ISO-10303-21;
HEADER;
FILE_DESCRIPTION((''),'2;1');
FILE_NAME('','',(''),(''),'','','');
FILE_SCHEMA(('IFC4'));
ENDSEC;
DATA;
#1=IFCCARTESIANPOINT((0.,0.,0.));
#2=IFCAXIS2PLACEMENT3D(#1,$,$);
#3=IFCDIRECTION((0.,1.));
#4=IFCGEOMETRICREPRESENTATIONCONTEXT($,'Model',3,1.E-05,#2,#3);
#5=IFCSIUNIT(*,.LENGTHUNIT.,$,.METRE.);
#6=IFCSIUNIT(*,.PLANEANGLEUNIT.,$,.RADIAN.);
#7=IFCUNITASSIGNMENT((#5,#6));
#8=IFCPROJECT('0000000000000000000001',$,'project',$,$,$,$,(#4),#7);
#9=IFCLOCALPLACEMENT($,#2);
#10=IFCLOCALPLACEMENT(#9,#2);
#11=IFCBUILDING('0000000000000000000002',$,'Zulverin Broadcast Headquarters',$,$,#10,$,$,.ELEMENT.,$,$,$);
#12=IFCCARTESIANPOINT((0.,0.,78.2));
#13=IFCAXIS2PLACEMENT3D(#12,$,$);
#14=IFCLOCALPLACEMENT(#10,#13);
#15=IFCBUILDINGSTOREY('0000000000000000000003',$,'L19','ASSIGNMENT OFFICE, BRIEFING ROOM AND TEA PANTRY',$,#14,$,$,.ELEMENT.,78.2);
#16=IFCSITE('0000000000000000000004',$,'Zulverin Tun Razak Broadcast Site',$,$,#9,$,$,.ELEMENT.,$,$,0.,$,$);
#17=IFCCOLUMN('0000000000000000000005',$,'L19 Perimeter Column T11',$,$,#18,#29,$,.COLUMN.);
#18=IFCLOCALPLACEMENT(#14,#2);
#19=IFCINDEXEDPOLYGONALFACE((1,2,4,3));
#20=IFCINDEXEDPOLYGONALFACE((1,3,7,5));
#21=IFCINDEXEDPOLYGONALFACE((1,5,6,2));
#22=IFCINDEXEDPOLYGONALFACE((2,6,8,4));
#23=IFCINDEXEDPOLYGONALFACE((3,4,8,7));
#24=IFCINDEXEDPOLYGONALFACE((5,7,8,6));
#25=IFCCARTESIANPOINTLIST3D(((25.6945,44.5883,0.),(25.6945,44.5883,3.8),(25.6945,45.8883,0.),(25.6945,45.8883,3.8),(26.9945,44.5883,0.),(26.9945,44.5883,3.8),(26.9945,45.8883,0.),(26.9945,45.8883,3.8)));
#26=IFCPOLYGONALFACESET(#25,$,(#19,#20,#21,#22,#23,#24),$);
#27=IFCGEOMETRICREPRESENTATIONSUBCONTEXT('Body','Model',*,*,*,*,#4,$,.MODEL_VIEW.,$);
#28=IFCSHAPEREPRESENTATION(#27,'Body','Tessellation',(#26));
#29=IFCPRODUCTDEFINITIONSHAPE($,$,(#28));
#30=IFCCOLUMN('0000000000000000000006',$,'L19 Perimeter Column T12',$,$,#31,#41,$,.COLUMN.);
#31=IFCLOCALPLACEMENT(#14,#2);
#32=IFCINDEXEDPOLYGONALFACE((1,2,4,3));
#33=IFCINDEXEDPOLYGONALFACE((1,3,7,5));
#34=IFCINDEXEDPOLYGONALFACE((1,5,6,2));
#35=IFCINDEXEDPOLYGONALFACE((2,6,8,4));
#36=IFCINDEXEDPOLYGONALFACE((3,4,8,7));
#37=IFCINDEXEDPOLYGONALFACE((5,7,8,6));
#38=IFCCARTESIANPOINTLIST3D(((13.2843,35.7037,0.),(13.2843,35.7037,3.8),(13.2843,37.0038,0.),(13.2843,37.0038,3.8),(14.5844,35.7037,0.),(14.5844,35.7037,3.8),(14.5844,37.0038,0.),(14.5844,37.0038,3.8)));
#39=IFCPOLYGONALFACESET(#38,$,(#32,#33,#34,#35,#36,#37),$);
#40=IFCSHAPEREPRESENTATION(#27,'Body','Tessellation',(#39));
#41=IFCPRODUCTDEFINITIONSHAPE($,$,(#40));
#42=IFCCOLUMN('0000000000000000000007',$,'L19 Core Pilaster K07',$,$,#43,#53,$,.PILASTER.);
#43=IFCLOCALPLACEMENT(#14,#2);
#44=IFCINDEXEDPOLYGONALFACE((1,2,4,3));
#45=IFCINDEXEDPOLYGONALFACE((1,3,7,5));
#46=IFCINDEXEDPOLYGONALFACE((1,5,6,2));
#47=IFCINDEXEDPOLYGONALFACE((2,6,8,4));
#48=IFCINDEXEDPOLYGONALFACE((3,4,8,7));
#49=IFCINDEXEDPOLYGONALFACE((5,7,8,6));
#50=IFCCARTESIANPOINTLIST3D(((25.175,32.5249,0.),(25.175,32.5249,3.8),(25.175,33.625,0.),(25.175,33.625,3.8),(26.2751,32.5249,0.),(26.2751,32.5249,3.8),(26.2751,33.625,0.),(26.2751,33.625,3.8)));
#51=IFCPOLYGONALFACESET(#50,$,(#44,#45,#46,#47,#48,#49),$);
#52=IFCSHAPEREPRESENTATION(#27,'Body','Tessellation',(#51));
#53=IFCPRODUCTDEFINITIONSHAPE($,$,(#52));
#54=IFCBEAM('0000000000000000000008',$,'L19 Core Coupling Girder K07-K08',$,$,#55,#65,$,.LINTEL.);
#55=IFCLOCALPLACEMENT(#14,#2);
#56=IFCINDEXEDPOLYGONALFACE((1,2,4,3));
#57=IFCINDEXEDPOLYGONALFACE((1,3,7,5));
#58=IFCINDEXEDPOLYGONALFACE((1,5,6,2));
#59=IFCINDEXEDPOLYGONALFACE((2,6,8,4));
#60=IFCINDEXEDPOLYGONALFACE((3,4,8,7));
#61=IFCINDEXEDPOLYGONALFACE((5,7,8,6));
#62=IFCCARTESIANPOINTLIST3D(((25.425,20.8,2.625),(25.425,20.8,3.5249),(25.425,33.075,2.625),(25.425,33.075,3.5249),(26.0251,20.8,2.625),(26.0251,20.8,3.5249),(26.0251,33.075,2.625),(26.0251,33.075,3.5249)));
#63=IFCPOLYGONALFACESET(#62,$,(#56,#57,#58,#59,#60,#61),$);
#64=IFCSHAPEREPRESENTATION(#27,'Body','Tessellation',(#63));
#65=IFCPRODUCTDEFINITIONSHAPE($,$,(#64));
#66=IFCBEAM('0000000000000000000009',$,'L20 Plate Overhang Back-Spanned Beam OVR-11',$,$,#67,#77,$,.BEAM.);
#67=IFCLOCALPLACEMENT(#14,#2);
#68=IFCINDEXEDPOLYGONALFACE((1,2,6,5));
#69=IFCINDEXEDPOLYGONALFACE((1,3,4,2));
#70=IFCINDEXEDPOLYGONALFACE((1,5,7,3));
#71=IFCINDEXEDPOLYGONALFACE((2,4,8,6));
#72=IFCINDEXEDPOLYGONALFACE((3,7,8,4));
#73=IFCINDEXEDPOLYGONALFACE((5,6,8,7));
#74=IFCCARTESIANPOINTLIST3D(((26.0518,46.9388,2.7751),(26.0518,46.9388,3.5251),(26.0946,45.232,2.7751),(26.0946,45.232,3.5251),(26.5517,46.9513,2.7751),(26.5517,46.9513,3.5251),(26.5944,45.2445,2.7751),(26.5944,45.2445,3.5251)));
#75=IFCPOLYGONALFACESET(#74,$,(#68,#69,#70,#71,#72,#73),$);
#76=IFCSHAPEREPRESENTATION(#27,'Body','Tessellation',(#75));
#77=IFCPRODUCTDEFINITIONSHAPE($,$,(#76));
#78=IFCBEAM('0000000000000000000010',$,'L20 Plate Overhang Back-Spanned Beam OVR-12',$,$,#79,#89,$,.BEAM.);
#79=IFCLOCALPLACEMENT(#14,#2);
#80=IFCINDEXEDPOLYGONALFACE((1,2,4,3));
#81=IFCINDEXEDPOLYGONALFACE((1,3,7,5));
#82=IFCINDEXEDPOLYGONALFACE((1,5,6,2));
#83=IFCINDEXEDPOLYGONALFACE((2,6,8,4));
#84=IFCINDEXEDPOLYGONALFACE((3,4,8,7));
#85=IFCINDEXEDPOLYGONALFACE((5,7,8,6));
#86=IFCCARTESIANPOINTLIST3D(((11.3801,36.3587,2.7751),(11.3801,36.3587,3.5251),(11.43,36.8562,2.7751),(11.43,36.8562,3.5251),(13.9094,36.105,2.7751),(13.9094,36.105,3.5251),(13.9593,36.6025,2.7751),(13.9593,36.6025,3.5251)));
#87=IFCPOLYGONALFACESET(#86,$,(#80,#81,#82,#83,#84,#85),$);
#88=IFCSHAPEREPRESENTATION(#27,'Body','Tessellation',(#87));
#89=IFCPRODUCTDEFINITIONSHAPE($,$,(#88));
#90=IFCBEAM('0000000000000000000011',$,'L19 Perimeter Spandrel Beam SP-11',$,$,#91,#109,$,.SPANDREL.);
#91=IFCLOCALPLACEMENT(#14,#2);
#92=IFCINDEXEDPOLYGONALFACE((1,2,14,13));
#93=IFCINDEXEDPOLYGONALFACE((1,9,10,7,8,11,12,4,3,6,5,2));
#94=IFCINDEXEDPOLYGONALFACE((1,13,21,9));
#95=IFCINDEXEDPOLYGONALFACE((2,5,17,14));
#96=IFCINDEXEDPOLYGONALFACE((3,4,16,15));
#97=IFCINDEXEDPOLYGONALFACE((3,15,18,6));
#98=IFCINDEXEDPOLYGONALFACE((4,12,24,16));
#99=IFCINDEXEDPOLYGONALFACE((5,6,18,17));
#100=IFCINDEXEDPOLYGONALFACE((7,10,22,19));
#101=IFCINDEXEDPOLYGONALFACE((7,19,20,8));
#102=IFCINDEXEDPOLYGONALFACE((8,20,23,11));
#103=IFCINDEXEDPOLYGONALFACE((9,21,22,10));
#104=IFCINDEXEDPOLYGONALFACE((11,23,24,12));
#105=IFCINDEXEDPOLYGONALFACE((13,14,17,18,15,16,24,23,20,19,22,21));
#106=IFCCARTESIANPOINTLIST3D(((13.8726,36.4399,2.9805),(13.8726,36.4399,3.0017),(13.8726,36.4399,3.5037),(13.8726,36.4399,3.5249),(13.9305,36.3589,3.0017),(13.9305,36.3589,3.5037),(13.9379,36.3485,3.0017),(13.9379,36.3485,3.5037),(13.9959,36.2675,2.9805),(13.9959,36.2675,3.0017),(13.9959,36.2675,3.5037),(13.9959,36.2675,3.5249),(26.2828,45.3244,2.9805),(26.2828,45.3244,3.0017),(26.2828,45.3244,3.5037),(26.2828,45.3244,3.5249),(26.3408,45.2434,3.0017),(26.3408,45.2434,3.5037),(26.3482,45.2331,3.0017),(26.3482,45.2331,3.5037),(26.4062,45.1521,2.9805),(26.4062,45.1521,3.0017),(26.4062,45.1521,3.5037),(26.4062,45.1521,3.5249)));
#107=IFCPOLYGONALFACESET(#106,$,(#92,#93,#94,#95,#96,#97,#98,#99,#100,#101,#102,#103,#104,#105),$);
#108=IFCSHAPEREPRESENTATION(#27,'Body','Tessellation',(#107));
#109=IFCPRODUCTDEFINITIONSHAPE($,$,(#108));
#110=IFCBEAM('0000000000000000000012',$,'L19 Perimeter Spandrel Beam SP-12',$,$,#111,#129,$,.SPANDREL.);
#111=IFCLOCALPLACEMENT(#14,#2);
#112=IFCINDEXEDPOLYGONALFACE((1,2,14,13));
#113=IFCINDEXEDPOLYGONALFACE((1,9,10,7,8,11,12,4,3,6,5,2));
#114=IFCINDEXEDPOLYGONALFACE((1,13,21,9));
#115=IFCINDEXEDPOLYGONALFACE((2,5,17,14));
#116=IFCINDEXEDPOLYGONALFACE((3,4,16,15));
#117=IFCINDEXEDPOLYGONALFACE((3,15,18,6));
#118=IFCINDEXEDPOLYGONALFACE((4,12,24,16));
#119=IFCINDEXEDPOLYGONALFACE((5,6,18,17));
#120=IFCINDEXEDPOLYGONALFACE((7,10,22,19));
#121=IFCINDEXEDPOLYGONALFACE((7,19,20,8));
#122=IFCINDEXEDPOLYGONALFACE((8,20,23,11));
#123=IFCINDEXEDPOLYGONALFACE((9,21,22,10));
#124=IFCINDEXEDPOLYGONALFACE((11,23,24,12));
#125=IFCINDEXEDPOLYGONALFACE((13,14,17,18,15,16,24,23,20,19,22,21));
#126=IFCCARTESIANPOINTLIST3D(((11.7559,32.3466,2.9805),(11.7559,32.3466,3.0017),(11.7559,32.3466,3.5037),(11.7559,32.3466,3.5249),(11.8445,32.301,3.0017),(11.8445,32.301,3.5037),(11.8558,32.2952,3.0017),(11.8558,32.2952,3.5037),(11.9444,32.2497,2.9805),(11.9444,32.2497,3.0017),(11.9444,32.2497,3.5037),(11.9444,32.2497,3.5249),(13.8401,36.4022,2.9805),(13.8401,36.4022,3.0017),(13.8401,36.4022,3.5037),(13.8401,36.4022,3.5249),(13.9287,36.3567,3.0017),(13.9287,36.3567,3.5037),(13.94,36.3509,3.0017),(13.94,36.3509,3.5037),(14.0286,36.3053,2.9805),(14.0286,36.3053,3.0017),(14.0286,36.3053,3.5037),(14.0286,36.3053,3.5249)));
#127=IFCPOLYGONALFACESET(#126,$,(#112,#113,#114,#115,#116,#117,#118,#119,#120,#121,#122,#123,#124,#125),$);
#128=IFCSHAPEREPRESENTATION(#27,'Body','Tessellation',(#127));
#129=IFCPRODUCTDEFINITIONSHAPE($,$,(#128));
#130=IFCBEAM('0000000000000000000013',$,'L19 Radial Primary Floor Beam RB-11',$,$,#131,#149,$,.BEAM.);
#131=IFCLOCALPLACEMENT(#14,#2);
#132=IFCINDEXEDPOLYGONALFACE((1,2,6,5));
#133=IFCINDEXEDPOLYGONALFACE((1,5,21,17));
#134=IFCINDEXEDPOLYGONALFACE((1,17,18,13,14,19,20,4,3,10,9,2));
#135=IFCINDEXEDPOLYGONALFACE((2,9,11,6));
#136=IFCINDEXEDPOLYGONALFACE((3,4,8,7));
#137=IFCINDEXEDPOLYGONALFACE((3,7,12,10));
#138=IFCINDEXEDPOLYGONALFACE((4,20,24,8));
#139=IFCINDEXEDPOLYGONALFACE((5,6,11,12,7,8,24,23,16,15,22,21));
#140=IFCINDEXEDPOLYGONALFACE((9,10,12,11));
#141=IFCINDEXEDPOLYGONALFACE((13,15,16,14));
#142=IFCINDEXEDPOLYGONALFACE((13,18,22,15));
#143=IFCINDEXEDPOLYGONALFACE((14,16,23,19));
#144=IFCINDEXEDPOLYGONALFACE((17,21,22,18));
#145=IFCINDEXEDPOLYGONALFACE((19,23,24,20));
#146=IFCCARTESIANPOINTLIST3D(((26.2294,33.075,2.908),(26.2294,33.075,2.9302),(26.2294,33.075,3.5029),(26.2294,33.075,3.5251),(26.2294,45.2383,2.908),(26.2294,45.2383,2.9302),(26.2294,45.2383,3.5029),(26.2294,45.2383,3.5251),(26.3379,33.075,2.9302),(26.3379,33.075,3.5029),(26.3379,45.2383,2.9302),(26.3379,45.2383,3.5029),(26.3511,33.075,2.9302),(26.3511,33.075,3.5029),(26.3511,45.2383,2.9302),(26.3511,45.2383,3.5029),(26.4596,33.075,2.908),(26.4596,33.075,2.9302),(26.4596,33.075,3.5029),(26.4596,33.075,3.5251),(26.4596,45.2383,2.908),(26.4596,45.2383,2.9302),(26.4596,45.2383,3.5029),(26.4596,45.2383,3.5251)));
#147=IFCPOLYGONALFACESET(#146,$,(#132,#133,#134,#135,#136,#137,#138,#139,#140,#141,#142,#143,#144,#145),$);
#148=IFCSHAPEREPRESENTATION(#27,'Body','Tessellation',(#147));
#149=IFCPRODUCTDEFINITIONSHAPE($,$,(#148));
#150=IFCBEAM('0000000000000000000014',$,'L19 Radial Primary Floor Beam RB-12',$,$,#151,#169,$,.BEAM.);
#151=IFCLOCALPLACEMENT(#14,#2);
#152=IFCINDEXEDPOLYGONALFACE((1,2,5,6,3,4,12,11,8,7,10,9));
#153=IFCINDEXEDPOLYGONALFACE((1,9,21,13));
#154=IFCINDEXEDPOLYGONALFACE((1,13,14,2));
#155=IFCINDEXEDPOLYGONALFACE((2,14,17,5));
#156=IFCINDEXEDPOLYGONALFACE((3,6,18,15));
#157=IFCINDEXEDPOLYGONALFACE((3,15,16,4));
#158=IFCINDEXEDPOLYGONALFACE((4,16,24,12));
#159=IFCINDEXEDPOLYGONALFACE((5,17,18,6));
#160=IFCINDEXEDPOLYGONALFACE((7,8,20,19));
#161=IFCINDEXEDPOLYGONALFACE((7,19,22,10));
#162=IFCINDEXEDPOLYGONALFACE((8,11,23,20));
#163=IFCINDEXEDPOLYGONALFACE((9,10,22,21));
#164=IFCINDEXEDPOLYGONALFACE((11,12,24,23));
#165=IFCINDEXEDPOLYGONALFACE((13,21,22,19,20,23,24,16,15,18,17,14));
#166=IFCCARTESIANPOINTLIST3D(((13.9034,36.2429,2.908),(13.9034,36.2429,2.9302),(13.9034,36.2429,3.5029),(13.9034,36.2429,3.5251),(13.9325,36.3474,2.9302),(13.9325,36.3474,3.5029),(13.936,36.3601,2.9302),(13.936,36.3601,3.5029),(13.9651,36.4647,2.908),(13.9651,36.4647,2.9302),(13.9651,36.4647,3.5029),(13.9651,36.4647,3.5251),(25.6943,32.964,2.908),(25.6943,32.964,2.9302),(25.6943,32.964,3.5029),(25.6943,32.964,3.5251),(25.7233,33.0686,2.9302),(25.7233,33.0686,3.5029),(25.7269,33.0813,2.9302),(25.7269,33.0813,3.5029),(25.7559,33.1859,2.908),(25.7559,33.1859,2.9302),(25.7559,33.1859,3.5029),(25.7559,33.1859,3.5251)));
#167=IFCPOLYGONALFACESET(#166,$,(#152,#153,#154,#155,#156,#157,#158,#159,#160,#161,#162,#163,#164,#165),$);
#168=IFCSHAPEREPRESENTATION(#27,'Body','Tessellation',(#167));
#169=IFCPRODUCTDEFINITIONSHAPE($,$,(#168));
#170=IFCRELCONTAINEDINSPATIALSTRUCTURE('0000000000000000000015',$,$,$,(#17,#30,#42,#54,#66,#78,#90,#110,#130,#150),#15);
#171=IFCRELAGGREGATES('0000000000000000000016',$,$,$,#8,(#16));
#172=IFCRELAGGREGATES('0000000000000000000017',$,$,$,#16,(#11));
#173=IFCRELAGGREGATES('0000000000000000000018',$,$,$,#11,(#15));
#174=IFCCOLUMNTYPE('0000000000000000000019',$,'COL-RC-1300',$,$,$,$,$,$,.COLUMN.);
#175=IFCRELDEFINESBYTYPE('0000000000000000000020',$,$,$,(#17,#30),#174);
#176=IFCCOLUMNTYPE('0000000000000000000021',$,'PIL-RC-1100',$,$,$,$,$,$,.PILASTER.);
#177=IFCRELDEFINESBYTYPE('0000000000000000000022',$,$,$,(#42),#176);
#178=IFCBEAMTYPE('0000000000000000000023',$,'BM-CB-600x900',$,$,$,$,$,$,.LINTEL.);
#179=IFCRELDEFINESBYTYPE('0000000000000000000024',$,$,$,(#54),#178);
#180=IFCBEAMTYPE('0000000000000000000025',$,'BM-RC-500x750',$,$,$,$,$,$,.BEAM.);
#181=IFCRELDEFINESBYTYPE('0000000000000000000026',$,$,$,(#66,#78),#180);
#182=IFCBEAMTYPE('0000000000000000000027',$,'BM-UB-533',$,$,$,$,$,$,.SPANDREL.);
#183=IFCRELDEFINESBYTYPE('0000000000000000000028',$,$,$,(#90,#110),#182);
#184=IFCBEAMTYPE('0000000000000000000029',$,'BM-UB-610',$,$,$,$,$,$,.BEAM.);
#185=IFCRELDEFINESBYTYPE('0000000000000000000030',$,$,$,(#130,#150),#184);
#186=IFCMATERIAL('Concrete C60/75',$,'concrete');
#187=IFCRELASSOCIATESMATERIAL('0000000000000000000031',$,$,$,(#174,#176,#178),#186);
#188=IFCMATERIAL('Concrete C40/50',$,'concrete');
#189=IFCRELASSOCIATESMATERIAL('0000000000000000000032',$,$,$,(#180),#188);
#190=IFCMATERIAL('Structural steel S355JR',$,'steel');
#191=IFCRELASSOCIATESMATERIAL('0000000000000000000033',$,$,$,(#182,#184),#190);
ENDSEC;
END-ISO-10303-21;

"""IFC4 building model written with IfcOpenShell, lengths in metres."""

from ifc_helpers import new_model, si_unit, direction, frame, origin, origin_2d, place, context, subcontext, project, spatial, rectangle, i_section, extrude, material, material_profile, profile_set, type_object, element, save


model = new_model("IFC4")

# Units and contexts
model_context = context("Model", 3, precision=1e-05, world=origin(), true_north=direction((0.0, 1.0)))
body_context = subcontext(model_context, "Body", "Model", "MODEL_VIEW")
ifc_project = project(units=[si_unit("LENGTHUNIT", "METRE"), si_unit("PLANEANGLEUNIT", "RADIAN")], contexts=[model_context])

# Site, building, storey
site_placement = place(None, origin())
site = spatial("IfcSite", under=ifc_project, at=site_placement, Name="Zulverin Tun Razak Broadcast Site", CompositionType="ELEMENT", RefElevation=0.0)
building_placement = place(site_placement, origin())
building = spatial("IfcBuilding", under=site, at=building_placement, Name="Zulverin Broadcast Headquarters", CompositionType="ELEMENT")
storey_placement = place(building_placement, frame((0.0, 0.0, 78.2)))
storey = spatial("IfcBuildingStorey", under=building, at=storey_placement, Name="L19", Description="ASSIGNMENT OFFICE, BRIEFING ROOM AND TEA PANTRY", CompositionType="ELEMENT", Elevation=78.2)

# Columns
ifc_material_1 = material(Name="Concrete C60/75", Category="concrete")
ifc_material_profile_1 = material_profile(ifc_material_1, rectangle(XDim=1.3, YDim=1.3, at=origin_2d()), Name="Concrete C60/75", Category="concrete")
ifc_profile_set_1 = profile_set([ifc_material_profile_1], Name="Concrete C60/75")
column_type_1 = type_object("IfcColumnType", Name="COL-RC-1300", PredefinedType="COLUMN", material=ifc_profile_set_1)
for number, where, z_axis, x_axis, name in (
    (1, (26.3445, 45.2383, 0.0), (0.0, 0.0, 1.0), (1.0, 0.0, 0.0), "L19 Perimeter Column T11"),
    (2, (13.9343, 36.3538, 0.0), (0.0, 0.0, 1.0), (1.0, 0.0, 0.0), "L19 Perimeter Column T12"),
):
    element("IfcColumn", number, at=place(storey_placement, frame(where, z_axis=z_axis, x_axis=x_axis)), inside=storey, type_object=column_type_1, Name=name, PredefinedType="COLUMN", context=body_context, shape_type="SweptSolid", body=[
        extrude(rectangle(XDim=1.3, YDim=1.3, at=origin_2d()), origin(), (0.0, 0.0, 1.0), 3.8),
    ])
ifc_material_profile_2 = material_profile(ifc_material_1, rectangle(XDim=1.1001, YDim=1.1001, at=origin_2d()), Name="Concrete C60/75", Category="concrete")
ifc_profile_set_2 = profile_set([ifc_material_profile_2], Name="Concrete C60/75")
column_type_2 = type_object("IfcColumnType", Name="PIL-RC-1100", PredefinedType="PILASTER", material=ifc_profile_set_2)
column_placement = place(storey_placement, frame((25.7251, 33.075, 0.0), z_axis=(0.0, 0.0, 1.0), x_axis=(1.0, 0.0, 0.0)))
element("IfcColumn", 3, at=column_placement, inside=storey, type_object=column_type_2, Name="L19 Core Pilaster K07", PredefinedType="PILASTER", context=body_context, shape_type="SweptSolid", body=[
    extrude(rectangle(XDim=1.1001, YDim=1.1001, at=origin_2d()), origin(), (0.0, 0.0, 1.0), 3.8),
])

# Beams
ifc_material_profile_3 = material_profile(ifc_material_1, rectangle(XDim=0.6001, YDim=0.8999, at=origin_2d()), Name="Concrete C60/75", Category="concrete")
ifc_profile_set_3 = profile_set([ifc_material_profile_3], Name="Concrete C60/75")
beam_type_1 = type_object("IfcBeamType", Name="BM-CB-600x900", PredefinedType="LINTEL", material=ifc_profile_set_3)
beam_1_placement = place(storey_placement, frame((25.7251, 33.075, 3.075), z_axis=(0.0, -1.0, 0.0), x_axis=(1.0, 0.0, 0.0)))
element("IfcBeam", 4, at=beam_1_placement, inside=storey, type_object=beam_type_1, Name="L19 Core Coupling Girder K07-K08", PredefinedType="LINTEL", context=body_context, shape_type="SweptSolid", body=[
    extrude(rectangle(XDim=0.6001, YDim=0.8999, at=origin_2d()), origin(), (0.0, 0.0, 1.0), 12.2749),
])
ifc_material_2 = material(Name="Concrete C40/50", Category="concrete")
ifc_material_profile_4 = material_profile(ifc_material_2, rectangle(XDim=0.5, YDim=0.75, at=origin_2d()), Name="Concrete C40/50", Category="concrete")
ifc_profile_set_4 = profile_set([ifc_material_profile_4], Name="Concrete C40/50")
beam_type_2 = type_object("IfcBeamType", Name="BM-RC-500x750", PredefinedType="BEAM", material=ifc_profile_set_4)
beam_2_placement = place(storey_placement, frame((26.3445, 45.2383, 3.1501), z_axis=(-0.025024, 0.999687, 0.0), x_axis=(-0.999687, -0.025024, 0.0)))
element("IfcBeam", 5, at=beam_2_placement, inside=storey, type_object=beam_type_2, Name="L20 Plate Overhang Back-Spanned Beam OVR-11", PredefinedType="BEAM", context=body_context, shape_type="SweptSolid", body=[
    extrude(rectangle(XDim=0.5, YDim=0.75, at=origin_2d()), origin(), (0.0, 0.0, 1.0), 1.7073),
])
beam_3_placement = place(storey_placement, frame((13.9343, 36.3538, 3.1501), z_axis=(-0.995009, 0.099789, 0.0), x_axis=(-0.099789, -0.995009, 0.0)))
element("IfcBeam", 6, at=beam_3_placement, inside=storey, type_object=beam_type_2, Name="L20 Plate Overhang Back-Spanned Beam OVR-12", PredefinedType="BEAM", context=body_context, shape_type="SweptSolid", body=[
    extrude(rectangle(XDim=0.5, YDim=0.75, at=origin_2d()), origin(), (0.0, 0.0, 1.0), 2.542),
])
ifc_material_3 = material(Name="Structural steel S355JR", Category="steel")
ifc_material_profile_5 = material_profile(ifc_material_3, i_section(OverallWidth=0.2119, OverallDepth=0.5444, WebThickness=0.0127, FlangeThickness=0.0212, at=origin_2d()), Name="Structural steel S355JR", Category="steel")
ifc_profile_set_5 = profile_set([ifc_material_profile_5], Name="Structural steel S355JR")
beam_type_3 = type_object("IfcBeamType", Name="BM-UB-533", PredefinedType="SPANDREL", material=ifc_profile_set_5)
beam_4_placement = place(storey_placement, frame((26.3445, 45.2383, 3.2527), z_axis=(-0.813109, -0.582111, 0.0), x_axis=(0.582111, -0.813109, 0.0)))
element("IfcBeam", 7, at=beam_4_placement, inside=storey, type_object=beam_type_3, Name="L19 Perimeter Spandrel Beam SP-11", PredefinedType="SPANDREL", context=body_context, shape_type="SweptSolid", body=[
    extrude(i_section(OverallWidth=0.2119, OverallDepth=0.5444, WebThickness=0.0127, FlangeThickness=0.0212, at=origin_2d()), origin(), (0.0, 0.0, 1.0), 15.2627),
])
beam_5_placement = place(storey_placement, frame((13.9343, 36.3538, 3.2527), z_axis=(-0.457081, -0.889425, 0.0), x_axis=(0.889425, -0.457081, 0.0)))
element("IfcBeam", 8, at=beam_5_placement, inside=storey, type_object=beam_type_3, Name="L19 Perimeter Spandrel Beam SP-12", PredefinedType="SPANDREL", context=body_context, shape_type="SweptSolid", body=[
    extrude(i_section(OverallWidth=0.2119, OverallDepth=0.5444, WebThickness=0.0127, FlangeThickness=0.0212, at=origin_2d()), origin(), (0.0, 0.0, 1.0), 4.5598),
])
ifc_material_profile_6 = material_profile(ifc_material_3, i_section(OverallWidth=0.2302, OverallDepth=0.6172, WebThickness=0.0132, FlangeThickness=0.0222, at=origin_2d()), Name="Structural steel S355JR", Category="steel")
ifc_profile_set_6 = profile_set([ifc_material_profile_6], Name="Structural steel S355JR")
beam_type_4 = type_object("IfcBeamType", Name="BM-UB-610", PredefinedType="BEAM", material=ifc_profile_set_6)
beam_6_placement = place(storey_placement, frame((26.3445, 33.075, 3.2166), z_axis=(0.0, 1.0, 0.0), x_axis=(-1.0, 0.0, 0.0)))
element("IfcBeam", 9, at=beam_6_placement, inside=storey, type_object=beam_type_4, Name="L19 Radial Primary Floor Beam RB-11", PredefinedType="BEAM", context=body_context, shape_type="SweptSolid", body=[
    extrude(i_section(OverallWidth=0.2302, OverallDepth=0.6172, WebThickness=0.0132, FlangeThickness=0.0222, at=origin_2d()), origin(), (0.0, 0.0, 1.0), 12.1633),
])
beam_7_placement = place(storey_placement, frame((25.7251, 33.075, 3.2166), z_axis=(-0.963442, 0.267917, 0.0), x_axis=(-0.267917, -0.963442, 0.0)))
element("IfcBeam", 10, at=beam_7_placement, inside=storey, type_object=beam_type_4, Name="L19 Radial Primary Floor Beam RB-12", PredefinedType="BEAM", context=body_context, shape_type="SweptSolid", body=[
    extrude(i_section(OverallWidth=0.2302, OverallDepth=0.6172, WebThickness=0.0132, FlangeThickness=0.0222, at=origin_2d()), origin(), (0.0, 0.0, 1.0), 12.2383),
])

save(model, "model.ifc")
